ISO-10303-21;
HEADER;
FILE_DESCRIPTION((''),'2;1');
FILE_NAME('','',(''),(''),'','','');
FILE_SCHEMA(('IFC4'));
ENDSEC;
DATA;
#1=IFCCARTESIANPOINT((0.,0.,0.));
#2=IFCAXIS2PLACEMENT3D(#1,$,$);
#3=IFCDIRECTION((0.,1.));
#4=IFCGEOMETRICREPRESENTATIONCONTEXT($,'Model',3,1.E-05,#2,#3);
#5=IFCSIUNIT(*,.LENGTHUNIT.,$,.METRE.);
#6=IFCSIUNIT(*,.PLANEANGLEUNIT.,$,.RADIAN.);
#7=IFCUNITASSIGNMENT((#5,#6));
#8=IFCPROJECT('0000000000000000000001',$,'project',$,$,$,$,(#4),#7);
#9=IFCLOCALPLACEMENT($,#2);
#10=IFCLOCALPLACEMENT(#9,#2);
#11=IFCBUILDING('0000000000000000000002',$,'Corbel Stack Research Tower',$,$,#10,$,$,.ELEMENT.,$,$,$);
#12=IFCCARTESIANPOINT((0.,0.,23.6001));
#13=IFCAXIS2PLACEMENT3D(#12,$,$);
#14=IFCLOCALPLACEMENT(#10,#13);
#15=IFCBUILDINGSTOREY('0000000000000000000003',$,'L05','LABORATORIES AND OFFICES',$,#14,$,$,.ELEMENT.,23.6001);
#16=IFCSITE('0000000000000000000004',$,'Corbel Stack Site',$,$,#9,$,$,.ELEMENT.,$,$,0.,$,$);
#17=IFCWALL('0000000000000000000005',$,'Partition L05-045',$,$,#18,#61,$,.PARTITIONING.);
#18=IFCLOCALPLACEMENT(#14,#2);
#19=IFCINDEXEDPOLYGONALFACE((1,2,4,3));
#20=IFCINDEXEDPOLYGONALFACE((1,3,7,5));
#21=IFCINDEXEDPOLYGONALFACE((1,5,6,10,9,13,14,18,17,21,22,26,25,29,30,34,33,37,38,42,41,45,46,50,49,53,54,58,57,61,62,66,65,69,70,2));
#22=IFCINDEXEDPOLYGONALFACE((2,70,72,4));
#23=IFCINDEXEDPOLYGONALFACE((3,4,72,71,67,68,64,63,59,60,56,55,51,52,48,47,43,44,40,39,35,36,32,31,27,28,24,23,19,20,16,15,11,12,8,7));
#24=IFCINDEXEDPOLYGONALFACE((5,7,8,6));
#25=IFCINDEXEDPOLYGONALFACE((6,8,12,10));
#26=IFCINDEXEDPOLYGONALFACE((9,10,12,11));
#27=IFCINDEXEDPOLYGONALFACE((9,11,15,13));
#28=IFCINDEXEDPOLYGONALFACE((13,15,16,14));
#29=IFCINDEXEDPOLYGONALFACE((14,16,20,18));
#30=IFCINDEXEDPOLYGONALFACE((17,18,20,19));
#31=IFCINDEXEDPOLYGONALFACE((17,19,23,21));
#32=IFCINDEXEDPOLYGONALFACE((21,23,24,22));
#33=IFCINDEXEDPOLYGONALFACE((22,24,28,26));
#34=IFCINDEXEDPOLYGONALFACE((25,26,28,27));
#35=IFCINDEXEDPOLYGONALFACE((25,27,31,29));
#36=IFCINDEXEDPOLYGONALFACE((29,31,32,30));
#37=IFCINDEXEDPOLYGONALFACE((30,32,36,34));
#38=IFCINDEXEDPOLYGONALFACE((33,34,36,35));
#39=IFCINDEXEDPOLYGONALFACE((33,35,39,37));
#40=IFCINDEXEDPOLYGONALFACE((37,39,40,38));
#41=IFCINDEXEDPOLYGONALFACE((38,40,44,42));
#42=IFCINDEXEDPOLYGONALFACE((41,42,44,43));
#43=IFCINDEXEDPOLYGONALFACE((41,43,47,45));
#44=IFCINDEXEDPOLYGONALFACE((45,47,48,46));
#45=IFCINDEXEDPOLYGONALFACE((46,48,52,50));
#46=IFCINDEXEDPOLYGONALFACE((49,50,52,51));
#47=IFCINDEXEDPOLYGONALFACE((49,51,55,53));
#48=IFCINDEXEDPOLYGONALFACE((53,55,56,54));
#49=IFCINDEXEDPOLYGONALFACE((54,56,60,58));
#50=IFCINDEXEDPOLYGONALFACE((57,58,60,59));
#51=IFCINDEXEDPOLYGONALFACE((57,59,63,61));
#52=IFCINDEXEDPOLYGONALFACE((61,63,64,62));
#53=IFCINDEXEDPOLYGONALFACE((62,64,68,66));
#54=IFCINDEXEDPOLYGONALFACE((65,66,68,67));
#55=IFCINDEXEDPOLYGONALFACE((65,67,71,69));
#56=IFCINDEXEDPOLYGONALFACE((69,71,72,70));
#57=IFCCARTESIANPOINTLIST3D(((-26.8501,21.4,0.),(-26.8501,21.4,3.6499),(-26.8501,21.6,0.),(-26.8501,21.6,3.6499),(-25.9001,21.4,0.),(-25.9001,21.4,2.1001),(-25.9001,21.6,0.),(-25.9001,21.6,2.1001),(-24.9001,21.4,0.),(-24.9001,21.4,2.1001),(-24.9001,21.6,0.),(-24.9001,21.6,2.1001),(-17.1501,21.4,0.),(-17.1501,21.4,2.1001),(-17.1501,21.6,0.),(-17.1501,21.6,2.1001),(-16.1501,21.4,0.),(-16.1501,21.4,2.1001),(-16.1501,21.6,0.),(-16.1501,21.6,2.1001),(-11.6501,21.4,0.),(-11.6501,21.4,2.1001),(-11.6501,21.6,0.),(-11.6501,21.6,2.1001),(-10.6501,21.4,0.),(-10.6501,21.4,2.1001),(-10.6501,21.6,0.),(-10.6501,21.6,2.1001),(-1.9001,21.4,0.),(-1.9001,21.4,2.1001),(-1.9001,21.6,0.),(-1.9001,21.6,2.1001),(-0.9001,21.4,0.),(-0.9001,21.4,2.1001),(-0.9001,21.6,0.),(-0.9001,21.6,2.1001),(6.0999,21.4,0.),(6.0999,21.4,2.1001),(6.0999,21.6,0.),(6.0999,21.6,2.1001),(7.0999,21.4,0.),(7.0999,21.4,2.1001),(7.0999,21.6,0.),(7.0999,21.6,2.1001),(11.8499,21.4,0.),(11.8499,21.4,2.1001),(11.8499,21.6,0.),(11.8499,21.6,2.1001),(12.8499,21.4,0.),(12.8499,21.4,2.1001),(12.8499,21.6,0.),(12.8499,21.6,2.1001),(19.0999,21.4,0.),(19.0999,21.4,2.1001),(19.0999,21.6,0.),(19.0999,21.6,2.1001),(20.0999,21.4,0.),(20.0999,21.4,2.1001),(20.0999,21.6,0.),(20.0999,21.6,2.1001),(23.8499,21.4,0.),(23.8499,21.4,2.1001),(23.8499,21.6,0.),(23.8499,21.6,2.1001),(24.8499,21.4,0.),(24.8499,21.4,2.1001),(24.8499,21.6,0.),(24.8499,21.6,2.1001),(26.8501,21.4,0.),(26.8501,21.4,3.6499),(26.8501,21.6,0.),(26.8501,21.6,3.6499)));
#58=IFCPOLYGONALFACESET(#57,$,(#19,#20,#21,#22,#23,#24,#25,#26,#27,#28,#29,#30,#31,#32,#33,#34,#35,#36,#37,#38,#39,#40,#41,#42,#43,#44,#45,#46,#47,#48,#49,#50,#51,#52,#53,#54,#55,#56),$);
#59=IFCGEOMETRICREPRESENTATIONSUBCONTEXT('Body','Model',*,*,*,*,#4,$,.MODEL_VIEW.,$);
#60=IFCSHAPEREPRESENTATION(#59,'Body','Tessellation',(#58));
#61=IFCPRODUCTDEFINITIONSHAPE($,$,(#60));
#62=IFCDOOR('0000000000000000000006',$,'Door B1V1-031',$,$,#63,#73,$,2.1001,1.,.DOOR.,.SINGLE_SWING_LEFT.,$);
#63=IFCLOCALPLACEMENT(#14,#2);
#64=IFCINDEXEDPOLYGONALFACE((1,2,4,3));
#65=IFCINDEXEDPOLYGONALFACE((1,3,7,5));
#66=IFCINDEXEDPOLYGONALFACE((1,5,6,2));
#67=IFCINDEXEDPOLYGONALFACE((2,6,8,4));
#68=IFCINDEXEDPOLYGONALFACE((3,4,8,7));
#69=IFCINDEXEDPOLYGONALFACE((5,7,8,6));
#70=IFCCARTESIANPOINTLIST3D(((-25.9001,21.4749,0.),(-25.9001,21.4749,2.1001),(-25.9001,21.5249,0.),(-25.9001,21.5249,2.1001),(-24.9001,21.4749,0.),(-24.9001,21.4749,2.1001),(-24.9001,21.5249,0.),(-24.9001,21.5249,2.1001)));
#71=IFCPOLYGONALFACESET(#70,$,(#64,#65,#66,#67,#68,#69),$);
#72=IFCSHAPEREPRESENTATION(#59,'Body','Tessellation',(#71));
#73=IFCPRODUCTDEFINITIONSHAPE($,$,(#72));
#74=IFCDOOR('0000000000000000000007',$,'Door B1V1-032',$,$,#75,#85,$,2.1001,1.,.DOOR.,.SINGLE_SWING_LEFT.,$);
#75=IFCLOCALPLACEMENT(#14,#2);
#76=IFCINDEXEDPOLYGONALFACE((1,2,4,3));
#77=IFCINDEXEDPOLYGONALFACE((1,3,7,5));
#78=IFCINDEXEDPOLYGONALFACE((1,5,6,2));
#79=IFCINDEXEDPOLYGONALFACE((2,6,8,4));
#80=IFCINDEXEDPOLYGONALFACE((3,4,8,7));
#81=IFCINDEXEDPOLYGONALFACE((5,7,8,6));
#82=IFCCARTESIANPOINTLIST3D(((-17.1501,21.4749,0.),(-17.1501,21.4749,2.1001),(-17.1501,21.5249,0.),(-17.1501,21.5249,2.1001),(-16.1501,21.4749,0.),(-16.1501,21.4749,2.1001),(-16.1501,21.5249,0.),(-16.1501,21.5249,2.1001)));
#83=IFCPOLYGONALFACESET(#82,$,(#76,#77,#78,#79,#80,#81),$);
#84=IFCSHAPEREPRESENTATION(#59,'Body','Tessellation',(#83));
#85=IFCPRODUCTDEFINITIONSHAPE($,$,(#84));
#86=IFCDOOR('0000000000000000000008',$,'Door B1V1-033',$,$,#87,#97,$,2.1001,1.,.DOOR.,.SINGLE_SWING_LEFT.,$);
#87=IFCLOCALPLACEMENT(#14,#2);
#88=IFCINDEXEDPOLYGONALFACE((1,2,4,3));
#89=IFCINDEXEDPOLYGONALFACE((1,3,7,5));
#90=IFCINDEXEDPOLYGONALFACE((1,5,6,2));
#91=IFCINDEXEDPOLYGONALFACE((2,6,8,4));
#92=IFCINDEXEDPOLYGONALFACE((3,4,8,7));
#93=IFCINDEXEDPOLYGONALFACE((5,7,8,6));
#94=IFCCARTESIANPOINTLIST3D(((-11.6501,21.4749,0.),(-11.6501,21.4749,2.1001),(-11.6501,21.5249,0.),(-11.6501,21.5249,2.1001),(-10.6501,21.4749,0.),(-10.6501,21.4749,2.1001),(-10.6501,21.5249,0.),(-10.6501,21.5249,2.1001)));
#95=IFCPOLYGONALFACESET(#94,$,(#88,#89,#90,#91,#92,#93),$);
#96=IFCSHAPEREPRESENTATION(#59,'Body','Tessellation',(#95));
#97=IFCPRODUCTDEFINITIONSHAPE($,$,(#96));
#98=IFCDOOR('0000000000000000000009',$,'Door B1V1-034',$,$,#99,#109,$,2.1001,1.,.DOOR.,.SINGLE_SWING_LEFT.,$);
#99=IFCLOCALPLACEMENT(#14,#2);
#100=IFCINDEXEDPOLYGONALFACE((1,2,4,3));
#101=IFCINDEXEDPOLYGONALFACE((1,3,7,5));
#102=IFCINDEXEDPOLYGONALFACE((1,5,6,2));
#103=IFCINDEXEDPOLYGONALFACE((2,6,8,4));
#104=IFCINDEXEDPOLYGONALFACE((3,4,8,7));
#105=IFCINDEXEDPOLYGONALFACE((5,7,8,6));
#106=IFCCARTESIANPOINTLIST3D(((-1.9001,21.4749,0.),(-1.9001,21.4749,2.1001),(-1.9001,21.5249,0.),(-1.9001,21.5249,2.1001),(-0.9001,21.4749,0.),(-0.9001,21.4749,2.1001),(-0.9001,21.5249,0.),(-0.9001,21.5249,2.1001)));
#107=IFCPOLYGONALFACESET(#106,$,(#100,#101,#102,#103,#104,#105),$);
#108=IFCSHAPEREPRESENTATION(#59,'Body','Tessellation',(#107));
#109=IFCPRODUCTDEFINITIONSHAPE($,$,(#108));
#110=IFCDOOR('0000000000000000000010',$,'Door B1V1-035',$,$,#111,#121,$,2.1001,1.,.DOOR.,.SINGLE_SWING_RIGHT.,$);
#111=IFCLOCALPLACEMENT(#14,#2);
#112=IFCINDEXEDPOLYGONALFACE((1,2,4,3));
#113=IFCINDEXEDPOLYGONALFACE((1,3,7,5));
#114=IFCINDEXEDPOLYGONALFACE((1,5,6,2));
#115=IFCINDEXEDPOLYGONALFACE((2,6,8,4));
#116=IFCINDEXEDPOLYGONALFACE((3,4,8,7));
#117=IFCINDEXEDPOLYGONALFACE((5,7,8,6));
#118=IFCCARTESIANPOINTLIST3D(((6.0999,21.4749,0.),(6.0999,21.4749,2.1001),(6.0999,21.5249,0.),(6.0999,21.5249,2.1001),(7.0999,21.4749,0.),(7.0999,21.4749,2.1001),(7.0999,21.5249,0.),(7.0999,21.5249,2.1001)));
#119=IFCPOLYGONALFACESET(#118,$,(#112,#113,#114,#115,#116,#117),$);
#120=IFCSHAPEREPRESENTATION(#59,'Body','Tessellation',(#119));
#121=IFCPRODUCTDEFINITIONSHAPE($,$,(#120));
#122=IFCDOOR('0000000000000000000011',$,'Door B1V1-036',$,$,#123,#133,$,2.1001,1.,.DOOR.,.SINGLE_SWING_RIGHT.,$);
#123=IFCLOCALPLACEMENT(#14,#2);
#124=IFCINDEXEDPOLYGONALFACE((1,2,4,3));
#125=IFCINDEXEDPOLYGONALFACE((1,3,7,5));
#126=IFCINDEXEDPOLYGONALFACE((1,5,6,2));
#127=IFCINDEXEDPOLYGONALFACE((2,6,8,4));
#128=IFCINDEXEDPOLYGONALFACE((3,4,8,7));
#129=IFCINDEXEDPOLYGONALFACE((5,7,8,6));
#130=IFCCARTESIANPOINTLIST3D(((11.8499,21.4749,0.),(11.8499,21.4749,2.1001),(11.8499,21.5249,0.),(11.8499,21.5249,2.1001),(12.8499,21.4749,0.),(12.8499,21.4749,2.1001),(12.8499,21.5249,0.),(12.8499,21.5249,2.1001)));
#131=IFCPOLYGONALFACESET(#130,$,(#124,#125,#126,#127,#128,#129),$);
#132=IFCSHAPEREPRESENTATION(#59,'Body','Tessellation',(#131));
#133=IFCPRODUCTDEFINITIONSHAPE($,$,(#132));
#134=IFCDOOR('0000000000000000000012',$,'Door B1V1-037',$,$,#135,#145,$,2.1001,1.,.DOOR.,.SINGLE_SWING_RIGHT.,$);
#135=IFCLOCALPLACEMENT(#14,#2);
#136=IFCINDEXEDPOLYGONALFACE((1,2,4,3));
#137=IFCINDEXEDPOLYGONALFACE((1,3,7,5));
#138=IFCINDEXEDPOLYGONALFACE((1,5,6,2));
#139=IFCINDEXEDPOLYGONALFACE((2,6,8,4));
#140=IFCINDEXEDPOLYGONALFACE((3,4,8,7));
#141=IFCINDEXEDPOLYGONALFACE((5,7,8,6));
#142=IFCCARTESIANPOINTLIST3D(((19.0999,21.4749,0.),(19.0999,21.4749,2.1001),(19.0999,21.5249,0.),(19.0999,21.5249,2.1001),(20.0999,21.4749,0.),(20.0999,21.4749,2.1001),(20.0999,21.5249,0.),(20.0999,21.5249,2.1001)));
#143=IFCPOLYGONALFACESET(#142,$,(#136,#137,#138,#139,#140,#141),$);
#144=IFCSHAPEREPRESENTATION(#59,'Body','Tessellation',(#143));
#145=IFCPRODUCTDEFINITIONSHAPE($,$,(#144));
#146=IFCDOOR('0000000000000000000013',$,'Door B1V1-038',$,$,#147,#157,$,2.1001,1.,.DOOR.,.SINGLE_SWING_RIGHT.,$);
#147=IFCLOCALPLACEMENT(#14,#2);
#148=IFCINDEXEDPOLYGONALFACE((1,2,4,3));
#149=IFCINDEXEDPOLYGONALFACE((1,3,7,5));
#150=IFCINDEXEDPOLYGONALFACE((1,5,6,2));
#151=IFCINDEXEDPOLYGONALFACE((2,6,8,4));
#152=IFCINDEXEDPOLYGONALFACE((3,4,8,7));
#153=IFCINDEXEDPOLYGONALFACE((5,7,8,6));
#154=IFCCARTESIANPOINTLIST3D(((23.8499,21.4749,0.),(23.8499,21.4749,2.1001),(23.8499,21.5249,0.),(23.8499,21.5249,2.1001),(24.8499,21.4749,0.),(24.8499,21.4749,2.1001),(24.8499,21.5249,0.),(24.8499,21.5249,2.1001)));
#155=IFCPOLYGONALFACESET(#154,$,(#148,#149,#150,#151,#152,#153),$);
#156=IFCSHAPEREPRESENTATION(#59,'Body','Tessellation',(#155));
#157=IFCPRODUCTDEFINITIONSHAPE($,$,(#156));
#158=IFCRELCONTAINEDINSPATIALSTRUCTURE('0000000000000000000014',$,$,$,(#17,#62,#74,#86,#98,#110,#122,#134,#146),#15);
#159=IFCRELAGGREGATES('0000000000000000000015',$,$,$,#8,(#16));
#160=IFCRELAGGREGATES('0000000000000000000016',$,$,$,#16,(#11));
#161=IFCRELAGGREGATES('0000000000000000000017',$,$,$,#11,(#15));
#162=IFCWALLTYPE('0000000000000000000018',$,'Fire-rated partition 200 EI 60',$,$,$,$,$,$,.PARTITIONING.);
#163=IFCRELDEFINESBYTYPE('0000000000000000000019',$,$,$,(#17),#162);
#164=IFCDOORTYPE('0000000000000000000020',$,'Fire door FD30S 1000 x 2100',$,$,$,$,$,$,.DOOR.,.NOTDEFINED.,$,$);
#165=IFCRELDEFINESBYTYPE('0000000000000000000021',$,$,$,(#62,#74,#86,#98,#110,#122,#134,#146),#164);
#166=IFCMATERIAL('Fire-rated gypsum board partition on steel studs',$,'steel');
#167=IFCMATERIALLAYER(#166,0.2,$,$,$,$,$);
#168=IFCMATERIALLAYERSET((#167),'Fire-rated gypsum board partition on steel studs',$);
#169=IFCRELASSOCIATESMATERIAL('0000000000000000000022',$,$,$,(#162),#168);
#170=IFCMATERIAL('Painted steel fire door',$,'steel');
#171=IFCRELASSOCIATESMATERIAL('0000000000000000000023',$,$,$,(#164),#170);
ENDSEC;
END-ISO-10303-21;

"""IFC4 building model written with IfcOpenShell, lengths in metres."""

from ifc_helpers import new_model, si_unit, direction, frame, frame_2d, origin, place, context, subcontext, project, spatial, rectangle, extrude, material, layer, layer_set, type_object, element, fill, save


model = new_model("IFC4")

# Units and contexts
model_context = context("Model", 3, precision=1e-05, world=origin(), true_north=direction((0.0, 1.0)))
body_context = subcontext(model_context, "Body", "Model", "MODEL_VIEW")
ifc_project = project(units=[si_unit("LENGTHUNIT", "METRE"), si_unit("PLANEANGLEUNIT", "RADIAN")], contexts=[model_context])

# Site, building, storey
site_placement = place(None, origin())
site = spatial("IfcSite", under=ifc_project, at=site_placement, Name="Corbel Stack Site", CompositionType="ELEMENT", RefElevation=0.0)
building_placement = place(site_placement, origin())
building = spatial("IfcBuilding", under=site, at=building_placement, Name="Corbel Stack Research Tower", CompositionType="ELEMENT")
storey_placement = place(building_placement, frame((0.0, 0.0, 23.6001)))
storey = spatial("IfcBuildingStorey", under=building, at=storey_placement, Name="L05", Description="LABORATORIES AND OFFICES", CompositionType="ELEMENT", Elevation=23.6001)

# Wall, openings, doors
ifc_material_1 = material(Name="Fire-rated gypsum board partition on steel studs", Category="steel")
ifc_layer_1 = layer(ifc_material_1, 0.2)
ifc_layer_set_1 = layer_set([ifc_layer_1], Name="Fire-rated gypsum board partition on steel studs")
wall_type_1 = type_object("IfcWallType", Name="Fire-rated partition 200 EI 60", PredefinedType="PARTITIONING", material=ifc_layer_set_1)
wall_1_placement = place(storey_placement, frame((-26.8501, 21.5, 0.0), z_axis=(0.0, 0.0, 1.0), x_axis=(1.0, 0.0, 0.0)))
wall_1 = element("IfcWall", 1, at=wall_1_placement, inside=storey, type_object=wall_type_1, Name="Partition L05-045", PredefinedType="PARTITIONING", context=body_context, shape_type="SweptSolid", body=[
    extrude(rectangle(XDim=53.7002, YDim=0.2, at=frame_2d((26.8501, 0.0))), origin(), (0.0, 0.0, 1.0), 3.6499),
])
opening_1_placement = place(wall_1_placement, frame((0.95, 0.0, 0.0)))
opening_1 = element("IfcOpeningElement", 2, at=opening_1_placement, cuts=wall_1, PredefinedType="OPENING", context=body_context, shape_type="SweptSolid", body=[
    extrude(rectangle(XDim=1.0, YDim=2.1001, at=frame_2d((0.5, 1.05))), frame((0.0, 0.1099, 0.0), z_axis=(0.0, -1.0, 0.0), x_axis=(1.0, 0.0, 0.0)), (0.0, 0.0, 1.0), 0.22),
])
opening_2_placement = place(wall_1_placement, frame((9.7, 0.0, 0.0)))
opening_2 = element("IfcOpeningElement", 3, at=opening_2_placement, cuts=wall_1, PredefinedType="OPENING", context=body_context, shape_type="SweptSolid", body=[
    extrude(rectangle(XDim=1.0, YDim=2.1001, at=frame_2d((0.5, 1.05))), frame((0.0, 0.1099, 0.0), z_axis=(0.0, -1.0, 0.0), x_axis=(1.0, 0.0, 0.0)), (0.0, 0.0, 1.0), 0.22),
])
opening_3_placement = place(wall_1_placement, frame((15.2, 0.0, 0.0)))
opening_3 = element("IfcOpeningElement", 4, at=opening_3_placement, cuts=wall_1, PredefinedType="OPENING", context=body_context, shape_type="SweptSolid", body=[
    extrude(rectangle(XDim=1.0, YDim=2.1001, at=frame_2d((0.5, 1.05))), frame((0.0, 0.1099, 0.0), z_axis=(0.0, -1.0, 0.0), x_axis=(1.0, 0.0, 0.0)), (0.0, 0.0, 1.0), 0.22),
])
opening_4_placement = place(wall_1_placement, frame((24.95, 0.0, 0.0)))
opening_4 = element("IfcOpeningElement", 5, at=opening_4_placement, cuts=wall_1, PredefinedType="OPENING", context=body_context, shape_type="SweptSolid", body=[
    extrude(rectangle(XDim=1.0, YDim=2.1001, at=frame_2d((0.5, 1.05))), frame((0.0, 0.1099, 0.0), z_axis=(0.0, -1.0, 0.0), x_axis=(1.0, 0.0, 0.0)), (0.0, 0.0, 1.0), 0.22),
])
opening_5_placement = place(wall_1_placement, frame((32.95, 0.0, 0.0)))
opening_5 = element("IfcOpeningElement", 6, at=opening_5_placement, cuts=wall_1, PredefinedType="OPENING", context=body_context, shape_type="SweptSolid", body=[
    extrude(rectangle(XDim=1.0, YDim=2.1001, at=frame_2d((0.5, 1.05))), frame((0.0, 0.1099, 0.0), z_axis=(0.0, -1.0, 0.0), x_axis=(1.0, 0.0, 0.0)), (0.0, 0.0, 1.0), 0.22),
])
opening_6_placement = place(wall_1_placement, frame((38.7, 0.0, 0.0)))
opening_6 = element("IfcOpeningElement", 7, at=opening_6_placement, cuts=wall_1, PredefinedType="OPENING", context=body_context, shape_type="SweptSolid", body=[
    extrude(rectangle(XDim=1.0, YDim=2.1001, at=frame_2d((0.5, 1.05))), frame((0.0, 0.1099, 0.0), z_axis=(0.0, -1.0, 0.0), x_axis=(1.0, 0.0, 0.0)), (0.0, 0.0, 1.0), 0.22),
])
opening_7_placement = place(wall_1_placement, frame((45.95, 0.0, 0.0)))
opening_7 = element("IfcOpeningElement", 8, at=opening_7_placement, cuts=wall_1, PredefinedType="OPENING", context=body_context, shape_type="SweptSolid", body=[
    extrude(rectangle(XDim=1.0, YDim=2.1001, at=frame_2d((0.5, 1.05))), frame((0.0, 0.1099, 0.0), z_axis=(0.0, -1.0, 0.0), x_axis=(1.0, 0.0, 0.0)), (0.0, 0.0, 1.0), 0.22),
])
opening_8_placement = place(wall_1_placement, frame((50.7, 0.0, 0.0)))
opening_8 = element("IfcOpeningElement", 9, at=opening_8_placement, cuts=wall_1, PredefinedType="OPENING", context=body_context, shape_type="SweptSolid", body=[
    extrude(rectangle(XDim=1.0, YDim=2.1001, at=frame_2d((0.5, 1.05))), frame((0.0, 0.1099, 0.0), z_axis=(0.0, -1.0, 0.0), x_axis=(1.0, 0.0, 0.0)), (0.0, 0.0, 1.0), 0.22),
])
ifc_material_2 = material(Name="Painted steel fire door", Category="steel")
door_type_1 = type_object("IfcDoorType", Name="Fire door FD30S 1000 x 2100", OperationType="NOTDEFINED", PredefinedType="DOOR", material=ifc_material_2)
door_1_placement = place(opening_1_placement, origin())
door_1 = element("IfcDoor", 10, at=door_1_placement, inside=storey, type_object=door_type_1, Name="Door B1V1-031", OperationType="SINGLE_SWING_LEFT", OverallHeight=2.1001, OverallWidth=1.0, PredefinedType="DOOR", context=body_context, shape_type="SweptSolid", body=[
    extrude(rectangle(XDim=1.0, YDim=2.1001, at=frame_2d((0.5, 1.05))), frame((0.0, 0.0249, 0.0), z_axis=(0.0, -1.0, 0.0), x_axis=(1.0, 0.0, 0.0)), (0.0, 0.0, 1.0), 0.05),
])
fill(opening_1, door_1)
door_2_placement = place(opening_2_placement, origin())
door_2 = element("IfcDoor", 11, at=door_2_placement, inside=storey, type_object=door_type_1, Name="Door B1V1-032", OperationType="SINGLE_SWING_LEFT", OverallHeight=2.1001, OverallWidth=1.0, PredefinedType="DOOR", context=body_context, shape_type="SweptSolid", body=[
    extrude(rectangle(XDim=1.0, YDim=2.1001, at=frame_2d((0.5, 1.05))), frame((0.0, 0.0249, 0.0), z_axis=(0.0, -1.0, 0.0), x_axis=(1.0, 0.0, 0.0)), (0.0, 0.0, 1.0), 0.05),
])
fill(opening_2, door_2)
door_3_placement = place(opening_3_placement, origin())
door_3 = element("IfcDoor", 12, at=door_3_placement, inside=storey, type_object=door_type_1, Name="Door B1V1-033", OperationType="SINGLE_SWING_LEFT", OverallHeight=2.1001, OverallWidth=1.0, PredefinedType="DOOR", context=body_context, shape_type="SweptSolid", body=[
    extrude(rectangle(XDim=1.0, YDim=2.1001, at=frame_2d((0.5, 1.05))), frame((0.0, 0.0249, 0.0), z_axis=(0.0, -1.0, 0.0), x_axis=(1.0, 0.0, 0.0)), (0.0, 0.0, 1.0), 0.05),
])
fill(opening_3, door_3)
door_4_placement = place(opening_4_placement, origin())
door_4 = element("IfcDoor", 13, at=door_4_placement, inside=storey, type_object=door_type_1, Name="Door B1V1-034", OperationType="SINGLE_SWING_LEFT", OverallHeight=2.1001, OverallWidth=1.0, PredefinedType="DOOR", context=body_context, shape_type="SweptSolid", body=[
    extrude(rectangle(XDim=1.0, YDim=2.1001, at=frame_2d((0.5, 1.05))), frame((0.0, 0.0249, 0.0), z_axis=(0.0, -1.0, 0.0), x_axis=(1.0, 0.0, 0.0)), (0.0, 0.0, 1.0), 0.05),
])
fill(opening_4, door_4)
door_5_placement = place(opening_5_placement, origin())
door_5 = element("IfcDoor", 14, at=door_5_placement, inside=storey, type_object=door_type_1, Name="Door B1V1-035", OperationType="SINGLE_SWING_RIGHT", OverallHeight=2.1001, OverallWidth=1.0, PredefinedType="DOOR", context=body_context, shape_type="SweptSolid", body=[
    extrude(rectangle(XDim=1.0, YDim=2.1001, at=frame_2d((0.5, 1.05))), frame((0.0, 0.0249, 0.0), z_axis=(0.0, -1.0, 0.0), x_axis=(1.0, 0.0, 0.0)), (0.0, 0.0, 1.0), 0.05),
])
fill(opening_5, door_5)
door_6_placement = place(opening_6_placement, origin())
door_6 = element("IfcDoor", 15, at=door_6_placement, inside=storey, type_object=door_type_1, Name="Door B1V1-036", OperationType="SINGLE_SWING_RIGHT", OverallHeight=2.1001, OverallWidth=1.0, PredefinedType="DOOR", context=body_context, shape_type="SweptSolid", body=[
    extrude(rectangle(XDim=1.0, YDim=2.1001, at=frame_2d((0.5, 1.05))), frame((0.0, 0.0249, 0.0), z_axis=(0.0, -1.0, 0.0), x_axis=(1.0, 0.0, 0.0)), (0.0, 0.0, 1.0), 0.05),
])
fill(opening_6, door_6)
door_7_placement = place(opening_7_placement, origin())
door_7 = element("IfcDoor", 16, at=door_7_placement, inside=storey, type_object=door_type_1, Name="Door B1V1-037", OperationType="SINGLE_SWING_RIGHT", OverallHeight=2.1001, OverallWidth=1.0, PredefinedType="DOOR", context=body_context, shape_type="SweptSolid", body=[
    extrude(rectangle(XDim=1.0, YDim=2.1001, at=frame_2d((0.5, 1.05))), frame((0.0, 0.0249, 0.0), z_axis=(0.0, -1.0, 0.0), x_axis=(1.0, 0.0, 0.0)), (0.0, 0.0, 1.0), 0.05),
])
fill(opening_7, door_7)
door_8_placement = place(opening_8_placement, origin())
door_8 = element("IfcDoor", 17, at=door_8_placement, inside=storey, type_object=door_type_1, Name="Door B1V1-038", OperationType="SINGLE_SWING_RIGHT", OverallHeight=2.1001, OverallWidth=1.0, PredefinedType="DOOR", context=body_context, shape_type="SweptSolid", body=[
    extrude(rectangle(XDim=1.0, YDim=2.1001, at=frame_2d((0.5, 1.05))), frame((0.0, 0.0249, 0.0), z_axis=(0.0, -1.0, 0.0), x_axis=(1.0, 0.0, 0.0)), (0.0, 0.0, 1.0), 0.05),
])
fill(opening_8, door_8)

save(model, "model.ifc")
